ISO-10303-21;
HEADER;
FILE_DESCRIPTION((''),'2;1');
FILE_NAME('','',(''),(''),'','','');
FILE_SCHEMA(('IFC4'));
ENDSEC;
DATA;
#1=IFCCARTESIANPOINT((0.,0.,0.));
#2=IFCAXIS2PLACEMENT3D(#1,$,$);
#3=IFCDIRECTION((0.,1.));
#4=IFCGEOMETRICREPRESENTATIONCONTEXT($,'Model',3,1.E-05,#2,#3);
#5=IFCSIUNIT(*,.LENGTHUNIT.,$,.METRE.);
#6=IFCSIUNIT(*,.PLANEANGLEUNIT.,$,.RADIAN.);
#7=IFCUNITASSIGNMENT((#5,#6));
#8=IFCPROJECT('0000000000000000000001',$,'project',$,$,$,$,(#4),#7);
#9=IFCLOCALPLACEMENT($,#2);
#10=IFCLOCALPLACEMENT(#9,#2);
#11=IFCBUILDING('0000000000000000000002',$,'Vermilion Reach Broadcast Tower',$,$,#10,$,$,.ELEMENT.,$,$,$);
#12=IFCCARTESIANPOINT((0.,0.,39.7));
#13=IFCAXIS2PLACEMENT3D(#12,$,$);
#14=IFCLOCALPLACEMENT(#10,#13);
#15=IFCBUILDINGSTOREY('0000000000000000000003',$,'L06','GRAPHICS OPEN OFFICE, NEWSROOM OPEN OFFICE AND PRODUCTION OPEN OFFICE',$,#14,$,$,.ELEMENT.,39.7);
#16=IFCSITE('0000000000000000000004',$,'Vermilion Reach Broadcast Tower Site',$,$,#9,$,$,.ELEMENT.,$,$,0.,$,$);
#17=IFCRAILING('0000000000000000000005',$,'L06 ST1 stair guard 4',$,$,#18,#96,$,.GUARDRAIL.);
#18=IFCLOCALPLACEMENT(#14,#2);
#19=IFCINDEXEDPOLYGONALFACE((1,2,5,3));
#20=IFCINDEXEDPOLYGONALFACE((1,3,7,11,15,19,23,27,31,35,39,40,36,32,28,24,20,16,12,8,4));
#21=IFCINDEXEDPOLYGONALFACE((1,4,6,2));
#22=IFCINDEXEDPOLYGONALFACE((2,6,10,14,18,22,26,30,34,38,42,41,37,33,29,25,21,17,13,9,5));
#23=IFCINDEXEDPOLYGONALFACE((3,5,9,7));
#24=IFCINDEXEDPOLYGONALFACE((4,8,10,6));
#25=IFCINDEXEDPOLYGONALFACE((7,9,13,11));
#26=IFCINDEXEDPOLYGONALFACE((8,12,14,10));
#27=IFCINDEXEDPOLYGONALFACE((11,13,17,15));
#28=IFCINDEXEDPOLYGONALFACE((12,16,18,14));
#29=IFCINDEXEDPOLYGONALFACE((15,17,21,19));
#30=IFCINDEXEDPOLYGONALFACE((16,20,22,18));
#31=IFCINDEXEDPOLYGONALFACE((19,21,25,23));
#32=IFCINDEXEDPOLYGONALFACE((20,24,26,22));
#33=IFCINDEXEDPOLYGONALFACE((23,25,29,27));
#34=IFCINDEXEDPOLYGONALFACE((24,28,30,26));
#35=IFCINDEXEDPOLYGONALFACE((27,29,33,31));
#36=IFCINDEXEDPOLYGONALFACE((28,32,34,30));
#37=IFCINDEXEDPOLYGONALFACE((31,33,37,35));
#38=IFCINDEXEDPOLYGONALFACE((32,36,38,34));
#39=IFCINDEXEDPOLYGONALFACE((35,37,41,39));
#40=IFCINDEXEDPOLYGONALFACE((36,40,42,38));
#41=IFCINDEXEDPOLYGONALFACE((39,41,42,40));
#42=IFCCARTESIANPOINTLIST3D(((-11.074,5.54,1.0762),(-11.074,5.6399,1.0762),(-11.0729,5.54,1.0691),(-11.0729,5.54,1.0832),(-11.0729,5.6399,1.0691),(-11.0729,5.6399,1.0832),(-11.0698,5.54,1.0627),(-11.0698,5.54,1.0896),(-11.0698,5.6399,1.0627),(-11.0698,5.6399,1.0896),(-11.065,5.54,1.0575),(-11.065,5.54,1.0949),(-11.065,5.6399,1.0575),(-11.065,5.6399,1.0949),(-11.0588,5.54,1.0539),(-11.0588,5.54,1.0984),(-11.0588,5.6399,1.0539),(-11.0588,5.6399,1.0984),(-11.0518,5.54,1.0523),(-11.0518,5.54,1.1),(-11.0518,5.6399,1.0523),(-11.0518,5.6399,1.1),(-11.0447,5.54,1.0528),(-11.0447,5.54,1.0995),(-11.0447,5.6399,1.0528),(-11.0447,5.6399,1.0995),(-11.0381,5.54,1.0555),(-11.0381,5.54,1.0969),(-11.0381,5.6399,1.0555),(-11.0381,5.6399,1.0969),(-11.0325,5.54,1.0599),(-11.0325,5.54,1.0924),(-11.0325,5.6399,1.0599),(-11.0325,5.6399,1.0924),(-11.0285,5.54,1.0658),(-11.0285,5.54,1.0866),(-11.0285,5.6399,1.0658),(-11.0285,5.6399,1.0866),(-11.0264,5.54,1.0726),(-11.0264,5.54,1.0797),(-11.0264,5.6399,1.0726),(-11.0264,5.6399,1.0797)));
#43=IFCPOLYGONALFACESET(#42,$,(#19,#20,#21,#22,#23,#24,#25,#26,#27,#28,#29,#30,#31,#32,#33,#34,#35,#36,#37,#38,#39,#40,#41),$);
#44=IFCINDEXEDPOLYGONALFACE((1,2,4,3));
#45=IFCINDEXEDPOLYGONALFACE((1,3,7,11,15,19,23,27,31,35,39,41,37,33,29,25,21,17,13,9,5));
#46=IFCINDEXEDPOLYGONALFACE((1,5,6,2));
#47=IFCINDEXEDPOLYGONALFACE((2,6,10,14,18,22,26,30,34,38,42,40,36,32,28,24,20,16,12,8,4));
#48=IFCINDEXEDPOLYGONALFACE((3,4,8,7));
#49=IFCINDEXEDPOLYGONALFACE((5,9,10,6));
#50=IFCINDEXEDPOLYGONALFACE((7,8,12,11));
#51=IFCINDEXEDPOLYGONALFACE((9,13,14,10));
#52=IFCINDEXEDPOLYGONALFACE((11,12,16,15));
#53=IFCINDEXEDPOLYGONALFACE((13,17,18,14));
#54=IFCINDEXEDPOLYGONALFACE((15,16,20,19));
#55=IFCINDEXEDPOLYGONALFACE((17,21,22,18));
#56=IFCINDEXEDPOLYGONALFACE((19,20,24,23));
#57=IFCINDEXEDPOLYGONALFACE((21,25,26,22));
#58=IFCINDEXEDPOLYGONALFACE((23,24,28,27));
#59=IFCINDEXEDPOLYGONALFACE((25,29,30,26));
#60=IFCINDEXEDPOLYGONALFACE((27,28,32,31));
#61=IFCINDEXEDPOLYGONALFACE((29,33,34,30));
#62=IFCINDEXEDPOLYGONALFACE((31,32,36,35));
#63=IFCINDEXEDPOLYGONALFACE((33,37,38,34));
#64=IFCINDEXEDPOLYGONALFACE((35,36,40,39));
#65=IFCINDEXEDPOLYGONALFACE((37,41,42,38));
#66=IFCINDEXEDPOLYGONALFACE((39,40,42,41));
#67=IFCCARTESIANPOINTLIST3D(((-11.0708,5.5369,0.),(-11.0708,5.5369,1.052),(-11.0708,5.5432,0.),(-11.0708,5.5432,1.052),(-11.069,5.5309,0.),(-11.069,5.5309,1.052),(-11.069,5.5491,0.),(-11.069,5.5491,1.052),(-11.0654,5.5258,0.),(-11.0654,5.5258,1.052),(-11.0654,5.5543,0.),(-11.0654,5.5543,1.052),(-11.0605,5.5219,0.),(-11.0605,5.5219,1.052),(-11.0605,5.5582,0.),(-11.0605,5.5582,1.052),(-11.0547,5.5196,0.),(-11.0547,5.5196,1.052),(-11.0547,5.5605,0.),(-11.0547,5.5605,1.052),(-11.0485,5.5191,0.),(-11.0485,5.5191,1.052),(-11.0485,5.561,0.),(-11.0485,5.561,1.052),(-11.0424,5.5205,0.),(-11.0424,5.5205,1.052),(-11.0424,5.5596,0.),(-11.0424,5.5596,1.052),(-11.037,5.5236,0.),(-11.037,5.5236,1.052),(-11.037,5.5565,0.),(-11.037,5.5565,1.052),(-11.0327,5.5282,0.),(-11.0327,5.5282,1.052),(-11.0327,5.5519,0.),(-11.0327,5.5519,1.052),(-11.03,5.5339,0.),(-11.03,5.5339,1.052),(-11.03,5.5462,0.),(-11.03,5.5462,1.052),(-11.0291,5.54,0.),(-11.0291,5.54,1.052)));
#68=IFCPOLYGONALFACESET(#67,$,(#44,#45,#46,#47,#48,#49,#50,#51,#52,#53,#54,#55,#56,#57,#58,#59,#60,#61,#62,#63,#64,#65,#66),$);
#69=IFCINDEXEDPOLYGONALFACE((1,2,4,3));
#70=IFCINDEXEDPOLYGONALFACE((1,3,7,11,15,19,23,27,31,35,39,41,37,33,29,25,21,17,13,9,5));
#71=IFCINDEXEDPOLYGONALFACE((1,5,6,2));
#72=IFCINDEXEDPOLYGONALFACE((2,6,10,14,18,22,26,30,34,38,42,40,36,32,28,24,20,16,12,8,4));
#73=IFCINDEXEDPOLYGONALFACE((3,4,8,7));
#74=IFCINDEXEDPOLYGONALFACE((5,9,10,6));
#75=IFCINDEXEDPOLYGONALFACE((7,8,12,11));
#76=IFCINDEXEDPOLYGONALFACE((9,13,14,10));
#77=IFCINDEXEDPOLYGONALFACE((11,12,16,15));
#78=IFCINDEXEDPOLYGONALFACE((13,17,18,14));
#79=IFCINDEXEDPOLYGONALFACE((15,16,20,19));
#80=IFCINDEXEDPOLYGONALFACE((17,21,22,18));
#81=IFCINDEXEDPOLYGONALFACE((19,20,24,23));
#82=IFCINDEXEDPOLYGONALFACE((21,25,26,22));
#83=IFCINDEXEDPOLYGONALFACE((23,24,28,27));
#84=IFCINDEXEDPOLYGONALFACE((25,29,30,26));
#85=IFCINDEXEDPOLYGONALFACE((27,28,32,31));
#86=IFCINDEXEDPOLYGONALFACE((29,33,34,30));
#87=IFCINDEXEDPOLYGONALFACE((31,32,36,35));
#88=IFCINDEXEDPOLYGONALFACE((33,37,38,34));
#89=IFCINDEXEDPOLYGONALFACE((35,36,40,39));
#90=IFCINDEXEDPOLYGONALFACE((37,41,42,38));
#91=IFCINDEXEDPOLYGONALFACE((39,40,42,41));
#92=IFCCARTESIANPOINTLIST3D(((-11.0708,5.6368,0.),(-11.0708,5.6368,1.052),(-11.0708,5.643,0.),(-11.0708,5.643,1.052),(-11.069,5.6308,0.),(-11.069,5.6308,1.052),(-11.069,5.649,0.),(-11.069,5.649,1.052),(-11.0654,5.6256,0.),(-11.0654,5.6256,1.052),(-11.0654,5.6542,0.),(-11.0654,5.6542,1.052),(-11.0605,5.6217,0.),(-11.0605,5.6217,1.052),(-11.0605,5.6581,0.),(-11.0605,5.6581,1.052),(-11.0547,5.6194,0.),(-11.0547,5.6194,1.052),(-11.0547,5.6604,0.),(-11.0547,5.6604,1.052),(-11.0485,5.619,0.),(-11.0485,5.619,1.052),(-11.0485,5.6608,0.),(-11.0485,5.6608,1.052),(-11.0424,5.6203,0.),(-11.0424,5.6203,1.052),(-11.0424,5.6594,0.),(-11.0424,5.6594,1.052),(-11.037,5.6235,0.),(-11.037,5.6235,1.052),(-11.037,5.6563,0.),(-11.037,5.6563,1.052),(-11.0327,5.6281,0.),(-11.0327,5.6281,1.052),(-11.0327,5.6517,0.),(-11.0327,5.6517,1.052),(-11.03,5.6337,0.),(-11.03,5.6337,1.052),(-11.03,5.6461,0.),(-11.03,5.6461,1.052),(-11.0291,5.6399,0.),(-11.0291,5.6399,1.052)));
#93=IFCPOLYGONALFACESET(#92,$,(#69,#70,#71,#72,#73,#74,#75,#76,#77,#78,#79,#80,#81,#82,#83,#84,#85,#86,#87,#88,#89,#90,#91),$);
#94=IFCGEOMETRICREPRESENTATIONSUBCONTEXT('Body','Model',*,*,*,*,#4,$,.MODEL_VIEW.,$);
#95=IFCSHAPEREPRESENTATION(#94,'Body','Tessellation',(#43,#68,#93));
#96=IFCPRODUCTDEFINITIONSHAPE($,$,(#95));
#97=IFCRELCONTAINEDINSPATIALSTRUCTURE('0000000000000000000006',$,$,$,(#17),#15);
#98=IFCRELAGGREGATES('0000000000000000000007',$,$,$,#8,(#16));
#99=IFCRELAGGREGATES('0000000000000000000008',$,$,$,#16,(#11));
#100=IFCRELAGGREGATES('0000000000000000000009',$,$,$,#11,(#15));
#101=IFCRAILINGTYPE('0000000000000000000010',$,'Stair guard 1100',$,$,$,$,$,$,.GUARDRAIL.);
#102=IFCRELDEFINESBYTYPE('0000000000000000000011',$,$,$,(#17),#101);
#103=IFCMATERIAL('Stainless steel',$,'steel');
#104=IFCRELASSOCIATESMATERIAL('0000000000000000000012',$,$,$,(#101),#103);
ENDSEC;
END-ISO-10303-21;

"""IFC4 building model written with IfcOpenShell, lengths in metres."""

from ifc_helpers import new_model, si_unit, direction, frame, origin, origin_2d, place, context, subcontext, project, spatial, circle, extrude, material, type_object, element, save


model = new_model("IFC4")

# Units and contexts
model_context = context("Model", 3, precision=1e-05, world=origin(), true_north=direction((0.0, 1.0)))
body_context = subcontext(model_context, "Body", "Model", "MODEL_VIEW")
ifc_project = project(units=[si_unit("LENGTHUNIT", "METRE"), si_unit("PLANEANGLEUNIT", "RADIAN")], contexts=[model_context])

# Site, building, storey
site_placement = place(None, origin())
site = spatial("IfcSite", under=ifc_project, at=site_placement, Name="Vermilion Reach Broadcast Tower Site", CompositionType="ELEMENT", RefElevation=0.0)
building_placement = place(site_placement, origin())
building = spatial("IfcBuilding", under=site, at=building_placement, Name="Vermilion Reach Broadcast Tower", CompositionType="ELEMENT")
storey_placement = place(building_placement, frame((0.0, 0.0, 39.7)))
storey = spatial("IfcBuildingStorey", under=building, at=storey_placement, Name="L06", Description="GRAPHICS OPEN OFFICE, NEWSROOM OPEN OFFICE AND PRODUCTION OPEN OFFICE", CompositionType="ELEMENT", Elevation=39.7)

# Railing
ifc_material_1 = material(Name="Stainless steel", Category="steel")
railing_type_1 = type_object("IfcRailingType", Name="Stair guard 1100", PredefinedType="GUARDRAIL", material=ifc_material_1)
railing_1_placement = place(storey_placement, frame((-11.05, 5.54, 0.0)))
element("IfcRailing", 1, at=railing_1_placement, inside=storey, type_object=railing_type_1, Name="L06 ST1 stair guard 4", PredefinedType="GUARDRAIL", context=body_context, shape_type="SweptSolid", body=[
    extrude(circle(Radius=0.0239, at=origin_2d()), frame((0.0, 0.0, 1.0762), z_axis=(0.0, 1.0, 0.0), x_axis=(-1.0, 0.0, 0.0)), (0.0, 0.0, 1.0), 0.0999),
    extrude(circle(Radius=0.021, at=origin_2d()), origin(), (0.0, 0.0, 1.0), 1.052),
    extrude(circle(Radius=0.021, at=origin_2d()), frame((0.0, 0.0999, 0.0)), (0.0, 0.0, 1.0), 1.052),
])

save(model, "model.ifc")
